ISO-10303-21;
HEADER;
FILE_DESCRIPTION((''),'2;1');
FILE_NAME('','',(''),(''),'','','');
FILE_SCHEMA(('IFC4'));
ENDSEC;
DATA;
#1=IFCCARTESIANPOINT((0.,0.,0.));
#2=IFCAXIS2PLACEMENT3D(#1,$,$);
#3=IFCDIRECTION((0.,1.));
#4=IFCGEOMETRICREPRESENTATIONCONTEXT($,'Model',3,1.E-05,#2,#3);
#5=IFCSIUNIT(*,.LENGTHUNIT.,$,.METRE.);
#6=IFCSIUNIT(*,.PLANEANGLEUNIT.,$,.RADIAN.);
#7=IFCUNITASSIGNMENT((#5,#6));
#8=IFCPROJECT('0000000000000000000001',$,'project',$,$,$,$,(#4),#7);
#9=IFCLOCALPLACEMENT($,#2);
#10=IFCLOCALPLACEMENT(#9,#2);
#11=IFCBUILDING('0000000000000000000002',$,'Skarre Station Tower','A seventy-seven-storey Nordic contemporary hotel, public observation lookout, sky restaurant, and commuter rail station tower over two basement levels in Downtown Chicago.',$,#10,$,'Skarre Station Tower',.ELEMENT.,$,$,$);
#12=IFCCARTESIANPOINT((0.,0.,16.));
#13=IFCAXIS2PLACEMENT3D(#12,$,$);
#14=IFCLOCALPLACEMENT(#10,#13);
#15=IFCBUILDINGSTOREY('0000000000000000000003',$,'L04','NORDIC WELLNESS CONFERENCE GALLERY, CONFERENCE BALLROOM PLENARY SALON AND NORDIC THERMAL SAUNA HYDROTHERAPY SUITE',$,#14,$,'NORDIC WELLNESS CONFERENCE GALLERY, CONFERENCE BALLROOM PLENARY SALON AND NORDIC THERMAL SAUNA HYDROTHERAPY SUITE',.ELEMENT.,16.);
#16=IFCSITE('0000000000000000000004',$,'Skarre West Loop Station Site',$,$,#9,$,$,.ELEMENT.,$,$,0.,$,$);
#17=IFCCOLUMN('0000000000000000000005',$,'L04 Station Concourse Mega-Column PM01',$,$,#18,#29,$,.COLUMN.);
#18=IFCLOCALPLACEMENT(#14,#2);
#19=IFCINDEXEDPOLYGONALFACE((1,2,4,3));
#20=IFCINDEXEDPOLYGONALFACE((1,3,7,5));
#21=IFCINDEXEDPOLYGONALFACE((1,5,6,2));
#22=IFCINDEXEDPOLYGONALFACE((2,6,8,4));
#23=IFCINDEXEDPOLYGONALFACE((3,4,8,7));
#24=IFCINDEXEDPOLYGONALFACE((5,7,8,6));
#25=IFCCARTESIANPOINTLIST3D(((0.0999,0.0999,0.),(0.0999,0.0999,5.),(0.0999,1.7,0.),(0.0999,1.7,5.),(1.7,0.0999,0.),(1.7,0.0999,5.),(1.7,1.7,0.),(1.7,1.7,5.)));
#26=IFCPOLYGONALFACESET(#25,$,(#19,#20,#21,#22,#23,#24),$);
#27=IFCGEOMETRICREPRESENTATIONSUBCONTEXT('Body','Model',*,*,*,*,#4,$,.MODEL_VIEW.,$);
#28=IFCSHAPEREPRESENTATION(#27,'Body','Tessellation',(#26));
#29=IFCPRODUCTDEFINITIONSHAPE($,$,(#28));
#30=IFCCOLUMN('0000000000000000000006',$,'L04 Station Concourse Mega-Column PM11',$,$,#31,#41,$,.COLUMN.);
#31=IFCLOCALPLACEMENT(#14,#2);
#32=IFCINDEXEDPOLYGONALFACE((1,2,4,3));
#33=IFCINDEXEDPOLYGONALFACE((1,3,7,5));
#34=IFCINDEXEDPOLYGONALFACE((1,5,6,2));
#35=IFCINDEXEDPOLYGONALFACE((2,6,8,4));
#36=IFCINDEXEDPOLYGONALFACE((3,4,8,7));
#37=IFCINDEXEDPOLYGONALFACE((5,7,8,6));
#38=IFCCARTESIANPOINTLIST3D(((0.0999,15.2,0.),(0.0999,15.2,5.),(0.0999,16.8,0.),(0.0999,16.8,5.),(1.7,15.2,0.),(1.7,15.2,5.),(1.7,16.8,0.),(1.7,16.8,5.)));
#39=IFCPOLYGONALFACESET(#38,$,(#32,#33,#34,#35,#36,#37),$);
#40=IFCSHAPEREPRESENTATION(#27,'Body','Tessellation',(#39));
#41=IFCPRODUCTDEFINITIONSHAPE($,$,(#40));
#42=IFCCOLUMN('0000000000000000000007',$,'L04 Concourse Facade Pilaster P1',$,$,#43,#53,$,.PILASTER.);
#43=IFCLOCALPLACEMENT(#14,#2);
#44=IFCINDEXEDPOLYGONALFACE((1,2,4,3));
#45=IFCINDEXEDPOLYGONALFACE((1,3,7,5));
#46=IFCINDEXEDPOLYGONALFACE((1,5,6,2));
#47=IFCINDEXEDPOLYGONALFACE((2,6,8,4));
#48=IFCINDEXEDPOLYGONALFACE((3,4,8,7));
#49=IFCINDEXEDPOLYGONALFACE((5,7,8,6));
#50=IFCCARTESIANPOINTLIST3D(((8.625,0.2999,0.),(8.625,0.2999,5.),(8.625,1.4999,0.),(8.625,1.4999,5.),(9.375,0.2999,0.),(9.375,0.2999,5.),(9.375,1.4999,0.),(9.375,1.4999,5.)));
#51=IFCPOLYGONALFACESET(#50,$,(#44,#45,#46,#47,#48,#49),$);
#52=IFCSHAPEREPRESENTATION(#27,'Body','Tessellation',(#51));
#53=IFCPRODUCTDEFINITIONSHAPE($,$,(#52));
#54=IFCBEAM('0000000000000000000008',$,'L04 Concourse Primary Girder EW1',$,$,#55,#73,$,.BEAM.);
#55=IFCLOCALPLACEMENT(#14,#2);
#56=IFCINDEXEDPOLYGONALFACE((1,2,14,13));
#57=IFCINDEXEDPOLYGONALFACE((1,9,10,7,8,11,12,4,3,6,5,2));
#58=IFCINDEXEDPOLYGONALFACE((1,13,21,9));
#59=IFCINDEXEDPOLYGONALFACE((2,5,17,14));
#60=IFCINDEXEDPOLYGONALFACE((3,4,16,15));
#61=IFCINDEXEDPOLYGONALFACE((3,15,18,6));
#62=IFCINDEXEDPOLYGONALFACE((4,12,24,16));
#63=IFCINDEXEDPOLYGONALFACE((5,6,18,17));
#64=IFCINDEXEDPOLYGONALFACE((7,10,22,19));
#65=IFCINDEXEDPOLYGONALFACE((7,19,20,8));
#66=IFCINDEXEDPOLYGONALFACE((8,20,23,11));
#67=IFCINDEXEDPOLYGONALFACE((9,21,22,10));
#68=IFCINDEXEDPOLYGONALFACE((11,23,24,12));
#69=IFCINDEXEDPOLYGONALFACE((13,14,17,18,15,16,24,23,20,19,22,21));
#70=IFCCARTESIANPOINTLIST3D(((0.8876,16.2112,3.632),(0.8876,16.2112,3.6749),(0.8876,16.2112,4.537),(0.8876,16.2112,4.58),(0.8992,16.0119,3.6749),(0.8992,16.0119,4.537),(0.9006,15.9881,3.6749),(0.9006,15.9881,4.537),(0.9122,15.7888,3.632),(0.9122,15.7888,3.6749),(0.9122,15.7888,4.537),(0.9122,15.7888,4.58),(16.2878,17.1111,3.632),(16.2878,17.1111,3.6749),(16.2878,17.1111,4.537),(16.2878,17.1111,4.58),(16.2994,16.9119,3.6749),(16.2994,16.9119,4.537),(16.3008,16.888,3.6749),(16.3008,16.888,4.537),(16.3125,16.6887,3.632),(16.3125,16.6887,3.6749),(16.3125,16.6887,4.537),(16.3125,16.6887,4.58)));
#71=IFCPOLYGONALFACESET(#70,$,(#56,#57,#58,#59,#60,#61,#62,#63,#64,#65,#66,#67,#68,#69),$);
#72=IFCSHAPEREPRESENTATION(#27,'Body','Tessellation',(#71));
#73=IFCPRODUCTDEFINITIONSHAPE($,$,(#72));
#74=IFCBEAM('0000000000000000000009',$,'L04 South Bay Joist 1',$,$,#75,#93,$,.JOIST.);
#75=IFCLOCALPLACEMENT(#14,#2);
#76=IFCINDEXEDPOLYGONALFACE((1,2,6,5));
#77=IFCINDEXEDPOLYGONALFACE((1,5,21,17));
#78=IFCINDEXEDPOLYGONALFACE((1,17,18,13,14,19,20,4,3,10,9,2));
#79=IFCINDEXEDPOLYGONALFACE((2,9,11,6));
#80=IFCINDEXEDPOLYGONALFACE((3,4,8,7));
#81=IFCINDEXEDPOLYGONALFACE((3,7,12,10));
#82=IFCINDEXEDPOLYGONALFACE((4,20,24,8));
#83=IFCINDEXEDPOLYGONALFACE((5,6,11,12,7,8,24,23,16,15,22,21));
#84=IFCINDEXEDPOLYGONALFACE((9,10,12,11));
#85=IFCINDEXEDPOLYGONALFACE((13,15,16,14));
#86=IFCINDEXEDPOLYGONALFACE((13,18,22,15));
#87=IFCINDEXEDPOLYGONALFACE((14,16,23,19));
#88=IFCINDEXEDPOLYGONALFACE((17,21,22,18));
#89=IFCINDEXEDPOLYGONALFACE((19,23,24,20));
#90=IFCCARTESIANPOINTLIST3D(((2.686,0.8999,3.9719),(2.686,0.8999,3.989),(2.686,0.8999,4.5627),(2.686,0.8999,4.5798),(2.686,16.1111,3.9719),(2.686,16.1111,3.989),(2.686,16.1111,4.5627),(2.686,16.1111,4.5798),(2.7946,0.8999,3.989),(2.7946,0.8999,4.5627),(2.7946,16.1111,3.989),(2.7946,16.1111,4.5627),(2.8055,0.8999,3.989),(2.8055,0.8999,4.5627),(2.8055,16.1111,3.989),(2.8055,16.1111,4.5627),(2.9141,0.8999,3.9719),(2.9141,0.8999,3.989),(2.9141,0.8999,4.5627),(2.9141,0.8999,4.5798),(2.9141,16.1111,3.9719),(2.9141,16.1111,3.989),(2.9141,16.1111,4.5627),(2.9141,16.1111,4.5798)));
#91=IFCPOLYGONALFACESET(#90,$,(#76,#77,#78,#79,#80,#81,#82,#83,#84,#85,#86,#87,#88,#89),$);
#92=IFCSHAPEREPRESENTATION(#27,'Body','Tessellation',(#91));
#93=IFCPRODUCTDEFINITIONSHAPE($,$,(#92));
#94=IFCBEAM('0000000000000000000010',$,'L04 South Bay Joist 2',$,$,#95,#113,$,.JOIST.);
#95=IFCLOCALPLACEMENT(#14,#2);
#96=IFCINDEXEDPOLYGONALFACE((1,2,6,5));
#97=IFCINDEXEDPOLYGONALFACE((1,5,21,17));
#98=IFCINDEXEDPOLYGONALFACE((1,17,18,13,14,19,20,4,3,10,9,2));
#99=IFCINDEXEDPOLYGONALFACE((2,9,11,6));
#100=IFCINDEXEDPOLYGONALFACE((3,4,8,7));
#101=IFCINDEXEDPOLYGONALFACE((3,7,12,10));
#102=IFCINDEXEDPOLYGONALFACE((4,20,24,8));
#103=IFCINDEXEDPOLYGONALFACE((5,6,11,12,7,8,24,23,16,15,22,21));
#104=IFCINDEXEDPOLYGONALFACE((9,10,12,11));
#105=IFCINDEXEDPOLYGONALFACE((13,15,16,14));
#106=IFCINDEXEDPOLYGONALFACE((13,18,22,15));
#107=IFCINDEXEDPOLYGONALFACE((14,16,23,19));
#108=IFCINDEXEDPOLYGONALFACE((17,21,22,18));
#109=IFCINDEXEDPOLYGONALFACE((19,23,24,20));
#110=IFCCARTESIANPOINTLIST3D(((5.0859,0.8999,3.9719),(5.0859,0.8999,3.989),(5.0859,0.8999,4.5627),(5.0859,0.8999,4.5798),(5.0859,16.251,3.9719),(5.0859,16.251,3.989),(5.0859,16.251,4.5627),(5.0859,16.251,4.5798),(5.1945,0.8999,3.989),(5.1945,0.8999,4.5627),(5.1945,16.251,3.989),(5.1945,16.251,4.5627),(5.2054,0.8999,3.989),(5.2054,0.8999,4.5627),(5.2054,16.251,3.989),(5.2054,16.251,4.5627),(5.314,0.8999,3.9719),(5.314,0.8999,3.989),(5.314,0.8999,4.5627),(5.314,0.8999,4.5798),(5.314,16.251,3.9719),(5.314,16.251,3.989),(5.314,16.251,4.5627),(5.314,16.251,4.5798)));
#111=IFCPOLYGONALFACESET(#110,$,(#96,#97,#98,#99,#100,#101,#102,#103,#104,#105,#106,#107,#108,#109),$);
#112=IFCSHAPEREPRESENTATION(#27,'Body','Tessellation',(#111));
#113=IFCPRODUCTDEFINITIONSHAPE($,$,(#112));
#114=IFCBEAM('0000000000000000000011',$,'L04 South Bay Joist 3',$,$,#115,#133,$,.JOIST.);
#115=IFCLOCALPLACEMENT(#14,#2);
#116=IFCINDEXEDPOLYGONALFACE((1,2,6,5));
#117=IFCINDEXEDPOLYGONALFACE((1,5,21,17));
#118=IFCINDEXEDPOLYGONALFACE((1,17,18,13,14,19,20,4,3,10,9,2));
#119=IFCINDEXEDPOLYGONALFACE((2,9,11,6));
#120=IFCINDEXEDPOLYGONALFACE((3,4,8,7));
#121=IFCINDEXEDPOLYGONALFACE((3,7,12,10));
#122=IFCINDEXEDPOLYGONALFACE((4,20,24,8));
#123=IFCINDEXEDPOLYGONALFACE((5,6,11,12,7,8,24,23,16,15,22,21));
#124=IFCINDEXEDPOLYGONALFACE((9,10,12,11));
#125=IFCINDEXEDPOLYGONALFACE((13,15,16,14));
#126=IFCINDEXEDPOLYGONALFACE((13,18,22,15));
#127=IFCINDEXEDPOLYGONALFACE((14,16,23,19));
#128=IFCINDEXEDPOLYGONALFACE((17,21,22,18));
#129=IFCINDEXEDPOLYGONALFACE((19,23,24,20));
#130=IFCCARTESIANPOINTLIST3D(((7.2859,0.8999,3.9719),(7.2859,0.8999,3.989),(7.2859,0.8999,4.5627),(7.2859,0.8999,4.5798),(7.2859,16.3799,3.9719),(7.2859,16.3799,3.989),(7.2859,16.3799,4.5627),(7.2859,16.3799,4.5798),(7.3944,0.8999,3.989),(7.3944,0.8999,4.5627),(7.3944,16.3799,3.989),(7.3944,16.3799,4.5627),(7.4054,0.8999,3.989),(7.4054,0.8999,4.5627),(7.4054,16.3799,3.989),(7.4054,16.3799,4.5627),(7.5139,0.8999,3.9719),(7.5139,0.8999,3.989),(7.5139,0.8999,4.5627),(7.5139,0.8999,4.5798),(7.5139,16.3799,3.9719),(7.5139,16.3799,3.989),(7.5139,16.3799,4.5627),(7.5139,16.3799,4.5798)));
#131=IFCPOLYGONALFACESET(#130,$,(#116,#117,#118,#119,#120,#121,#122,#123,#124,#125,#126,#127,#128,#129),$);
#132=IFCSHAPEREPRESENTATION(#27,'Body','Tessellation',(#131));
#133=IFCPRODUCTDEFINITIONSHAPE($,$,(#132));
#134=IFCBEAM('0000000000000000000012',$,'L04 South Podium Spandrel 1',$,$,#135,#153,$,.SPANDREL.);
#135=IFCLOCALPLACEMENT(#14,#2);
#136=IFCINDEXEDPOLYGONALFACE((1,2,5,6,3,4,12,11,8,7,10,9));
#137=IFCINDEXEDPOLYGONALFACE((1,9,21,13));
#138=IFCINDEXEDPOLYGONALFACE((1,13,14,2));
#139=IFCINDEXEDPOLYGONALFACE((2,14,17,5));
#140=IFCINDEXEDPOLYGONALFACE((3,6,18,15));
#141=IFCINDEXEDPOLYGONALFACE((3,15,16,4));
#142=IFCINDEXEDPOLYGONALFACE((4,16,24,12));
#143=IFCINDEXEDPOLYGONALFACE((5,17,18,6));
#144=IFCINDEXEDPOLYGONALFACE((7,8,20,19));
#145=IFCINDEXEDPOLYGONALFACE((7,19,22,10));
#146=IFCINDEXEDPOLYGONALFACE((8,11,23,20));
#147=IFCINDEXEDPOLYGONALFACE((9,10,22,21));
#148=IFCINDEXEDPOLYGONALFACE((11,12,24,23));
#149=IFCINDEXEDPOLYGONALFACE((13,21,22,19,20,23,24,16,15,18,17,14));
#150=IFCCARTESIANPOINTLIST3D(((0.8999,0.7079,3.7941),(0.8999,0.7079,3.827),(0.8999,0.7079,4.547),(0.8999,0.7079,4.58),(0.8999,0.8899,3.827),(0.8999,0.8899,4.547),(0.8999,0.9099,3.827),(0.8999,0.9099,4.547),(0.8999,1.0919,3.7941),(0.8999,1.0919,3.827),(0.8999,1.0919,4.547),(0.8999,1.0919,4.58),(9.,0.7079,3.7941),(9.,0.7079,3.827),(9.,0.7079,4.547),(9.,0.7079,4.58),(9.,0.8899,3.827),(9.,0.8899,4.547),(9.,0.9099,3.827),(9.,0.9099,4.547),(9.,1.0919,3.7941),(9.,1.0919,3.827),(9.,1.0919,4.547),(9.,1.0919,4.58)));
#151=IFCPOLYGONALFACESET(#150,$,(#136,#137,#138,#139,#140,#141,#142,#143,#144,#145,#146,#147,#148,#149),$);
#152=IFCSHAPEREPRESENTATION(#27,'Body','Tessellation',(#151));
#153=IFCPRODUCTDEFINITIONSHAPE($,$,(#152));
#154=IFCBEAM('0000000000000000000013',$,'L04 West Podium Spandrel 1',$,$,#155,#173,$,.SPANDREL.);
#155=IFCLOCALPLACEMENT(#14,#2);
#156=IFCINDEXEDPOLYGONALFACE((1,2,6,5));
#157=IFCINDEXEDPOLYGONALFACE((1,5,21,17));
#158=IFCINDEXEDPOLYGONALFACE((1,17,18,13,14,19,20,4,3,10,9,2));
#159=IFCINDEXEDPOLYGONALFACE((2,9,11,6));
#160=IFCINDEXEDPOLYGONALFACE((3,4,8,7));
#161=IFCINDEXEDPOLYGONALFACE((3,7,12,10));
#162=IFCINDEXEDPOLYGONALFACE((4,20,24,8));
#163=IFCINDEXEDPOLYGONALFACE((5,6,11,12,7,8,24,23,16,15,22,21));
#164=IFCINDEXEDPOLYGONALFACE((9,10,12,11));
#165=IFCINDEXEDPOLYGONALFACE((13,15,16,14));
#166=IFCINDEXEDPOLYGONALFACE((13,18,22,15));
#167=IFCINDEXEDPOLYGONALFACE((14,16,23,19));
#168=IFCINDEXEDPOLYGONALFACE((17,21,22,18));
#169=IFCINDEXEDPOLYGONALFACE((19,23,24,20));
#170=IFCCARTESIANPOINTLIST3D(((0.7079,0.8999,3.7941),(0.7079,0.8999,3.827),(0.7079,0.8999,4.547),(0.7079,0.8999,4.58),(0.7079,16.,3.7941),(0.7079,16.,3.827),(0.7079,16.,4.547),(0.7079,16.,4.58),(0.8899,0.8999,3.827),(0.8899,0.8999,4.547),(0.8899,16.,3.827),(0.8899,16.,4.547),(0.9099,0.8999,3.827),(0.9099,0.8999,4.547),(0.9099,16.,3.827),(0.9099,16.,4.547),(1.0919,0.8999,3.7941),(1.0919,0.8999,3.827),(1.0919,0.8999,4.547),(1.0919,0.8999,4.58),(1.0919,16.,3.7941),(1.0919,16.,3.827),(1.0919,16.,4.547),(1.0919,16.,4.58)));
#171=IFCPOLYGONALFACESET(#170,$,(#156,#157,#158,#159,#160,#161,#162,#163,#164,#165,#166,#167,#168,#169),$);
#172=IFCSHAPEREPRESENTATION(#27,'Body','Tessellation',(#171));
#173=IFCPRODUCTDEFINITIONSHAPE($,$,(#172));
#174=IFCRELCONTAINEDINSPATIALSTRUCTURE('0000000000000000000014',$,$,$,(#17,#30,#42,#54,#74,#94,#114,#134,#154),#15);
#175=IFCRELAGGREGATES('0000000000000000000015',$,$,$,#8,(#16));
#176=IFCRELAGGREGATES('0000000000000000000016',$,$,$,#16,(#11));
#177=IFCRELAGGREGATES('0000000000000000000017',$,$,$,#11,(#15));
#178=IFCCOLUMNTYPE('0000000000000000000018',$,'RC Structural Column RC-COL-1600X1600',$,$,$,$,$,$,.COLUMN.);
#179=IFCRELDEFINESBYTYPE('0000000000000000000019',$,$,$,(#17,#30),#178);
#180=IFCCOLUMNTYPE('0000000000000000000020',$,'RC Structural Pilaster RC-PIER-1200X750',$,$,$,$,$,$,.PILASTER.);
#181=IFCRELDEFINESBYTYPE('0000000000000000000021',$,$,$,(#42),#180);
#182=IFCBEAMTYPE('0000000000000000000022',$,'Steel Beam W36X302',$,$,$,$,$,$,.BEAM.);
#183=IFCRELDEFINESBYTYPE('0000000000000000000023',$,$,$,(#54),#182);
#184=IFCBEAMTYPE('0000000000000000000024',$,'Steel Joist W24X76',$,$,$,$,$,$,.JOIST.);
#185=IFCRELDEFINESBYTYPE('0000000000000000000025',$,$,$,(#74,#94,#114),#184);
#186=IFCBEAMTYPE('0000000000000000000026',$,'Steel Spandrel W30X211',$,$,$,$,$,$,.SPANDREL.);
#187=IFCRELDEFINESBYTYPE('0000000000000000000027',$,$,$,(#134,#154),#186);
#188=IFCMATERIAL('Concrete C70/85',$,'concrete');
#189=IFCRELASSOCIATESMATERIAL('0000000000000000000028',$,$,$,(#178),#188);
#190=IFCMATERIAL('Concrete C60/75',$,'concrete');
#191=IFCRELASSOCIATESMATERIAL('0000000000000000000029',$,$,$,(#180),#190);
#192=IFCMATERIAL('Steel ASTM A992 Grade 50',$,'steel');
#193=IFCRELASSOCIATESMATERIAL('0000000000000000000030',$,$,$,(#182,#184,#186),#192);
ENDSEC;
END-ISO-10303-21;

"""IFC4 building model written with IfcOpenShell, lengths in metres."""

from ifc_helpers import new_model, si_unit, direction, frame, origin, origin_2d, place, context, subcontext, project, spatial, rectangle, i_section, extrude, material, material_profile, profile_set, type_object, element, save


model = new_model("IFC4")

# Units and contexts
model_context = context("Model", 3, precision=1e-05, world=origin(), true_north=direction((0.0, 1.0)))
body_context = subcontext(model_context, "Body", "Model", "MODEL_VIEW")
ifc_project = project(units=[si_unit("LENGTHUNIT", "METRE"), si_unit("PLANEANGLEUNIT", "RADIAN")], contexts=[model_context])

# Site, building, storey
site_placement = place(None, origin())
site = spatial("IfcSite", under=ifc_project, at=site_placement, Name="Skarre West Loop Station Site", CompositionType="ELEMENT", RefElevation=0.0)
building_placement = place(site_placement, origin())
building = spatial("IfcBuilding", under=site, at=building_placement, Name="Skarre Station Tower", Description="A seventy-seven-storey Nordic contemporary hotel, public observation lookout, sky restaurant, and commuter rail station tower over two basement levels in Downtown Chicago.", LongName="Skarre Station Tower", CompositionType="ELEMENT")
storey_placement = place(building_placement, frame((0.0, 0.0, 16.0)))
storey = spatial("IfcBuildingStorey", under=building, at=storey_placement, Name="L04", Description="NORDIC WELLNESS CONFERENCE GALLERY, CONFERENCE BALLROOM PLENARY SALON AND NORDIC THERMAL SAUNA HYDROTHERAPY SUITE", LongName="NORDIC WELLNESS CONFERENCE GALLERY, CONFERENCE BALLROOM PLENARY SALON AND NORDIC THERMAL SAUNA HYDROTHERAPY SUITE", CompositionType="ELEMENT", Elevation=16.0)

# Columns
ifc_material_1 = material(Name="Concrete C70/85", Category="concrete")
ifc_material_profile_1 = material_profile(ifc_material_1, rectangle(XDim=1.6001, YDim=1.6001, at=origin_2d()), Name="Concrete C70/85")
ifc_profile_set_1 = profile_set([ifc_material_profile_1], Name="Concrete C70/85")
column_type_1 = type_object("IfcColumnType", Name="RC Structural Column RC-COL-1600X1600", PredefinedType="COLUMN", material=ifc_profile_set_1)
for number, where, z_axis, x_axis, name in (
    (1, (0.8999, 0.8999, 0.0), (0.0, 0.0, 1.0), (1.0, 0.0, 0.0), "L04 Station Concourse Mega-Column PM01"),
    (2, (0.8999, 16.0, 0.0), (0.0, 0.0, 1.0), (1.0, 0.0, 0.0), "L04 Station Concourse Mega-Column PM11"),
):
    element("IfcColumn", number, at=place(storey_placement, frame(where, z_axis=z_axis, x_axis=x_axis)), inside=storey, type_object=column_type_1, Name=name, PredefinedType="COLUMN", context=body_context, shape_type="SweptSolid", body=[
        extrude(rectangle(XDim=1.6001, YDim=1.6001, at=origin_2d()), origin(), (0.0, 0.0, 1.0), 5.0),
    ])
ifc_material_2 = material(Name="Concrete C60/75", Category="concrete")
ifc_material_profile_2 = material_profile(ifc_material_2, rectangle(XDim=0.75, YDim=1.2, at=origin_2d()), Name="Concrete C60/75")
ifc_profile_set_2 = profile_set([ifc_material_profile_2], Name="Concrete C60/75")
column_type_2 = type_object("IfcColumnType", Name="RC Structural Pilaster RC-PIER-1200X750", PredefinedType="PILASTER", material=ifc_profile_set_2)
column_placement = place(storey_placement, frame((9.0, 0.8999, 0.0), z_axis=(0.0, 0.0, 1.0), x_axis=(1.0, 0.0, 0.0)))
element("IfcColumn", 3, at=column_placement, inside=storey, type_object=column_type_2, Name="L04 Concourse Facade Pilaster P1", PredefinedType="PILASTER", context=body_context, shape_type="SweptSolid", body=[
    extrude(rectangle(XDim=0.75, YDim=1.2, at=origin_2d()), origin(), (0.0, 0.0, 1.0), 5.0),
])

# Beams
ifc_material_3 = material(Name="Steel ASTM A992 Grade 50", Category="steel")
ifc_material_profile_3 = material_profile(ifc_material_3, i_section(OverallWidth=0.4231, OverallDepth=0.948, WebThickness=0.0239, FlangeThickness=0.043, at=origin_2d()), Name="Steel ASTM A992 Grade 50")
ifc_profile_set_3 = profile_set([ifc_material_profile_3], Name="Steel ASTM A992 Grade 50")
beam_type_1 = type_object("IfcBeamType", Name="Steel Beam W36X302", PredefinedType="BEAM", material=ifc_profile_set_3)
beam_1_placement = place(storey_placement, frame((0.8999, 16.0, 4.106), z_axis=(0.998297, 0.058335, 0.0), x_axis=(-0.058335, 0.998297, 0.0)))
element("IfcBeam", 4, at=beam_1_placement, inside=storey, type_object=beam_type_1, Name="L04 Concourse Primary Girder EW1", PredefinedType="BEAM", context=body_context, shape_type="SweptSolid", body=[
    extrude(i_section(OverallWidth=0.4231, OverallDepth=0.948, WebThickness=0.0239, FlangeThickness=0.043, at=origin_2d()), origin(), (0.0, 0.0, 1.0), 15.4265),
])
ifc_material_profile_4 = material_profile(ifc_material_3, i_section(OverallWidth=0.228, OverallDepth=0.6079, WebThickness=0.011, FlangeThickness=0.0171, at=origin_2d()), Name="Steel ASTM A992 Grade 50")
ifc_profile_set_4 = profile_set([ifc_material_profile_4], Name="Steel ASTM A992 Grade 50")
beam_type_2 = type_object("IfcBeamType", Name="Steel Joist W24X76", PredefinedType="JOIST", material=ifc_profile_set_4)
beam_2_placement = place(storey_placement, frame((2.8, 0.8999, 4.2759), z_axis=(0.0, 1.0, 0.0), x_axis=(-1.0, 0.0, 0.0)))
element("IfcBeam", 5, at=beam_2_placement, inside=storey, type_object=beam_type_2, Name="L04 South Bay Joist 1", PredefinedType="JOIST", context=body_context, shape_type="SweptSolid", body=[
    extrude(i_section(OverallWidth=0.228, OverallDepth=0.6079, WebThickness=0.011, FlangeThickness=0.0171, at=origin_2d()), origin(), (0.0, 0.0, 1.0), 15.2112),
])
beam_3_placement = place(storey_placement, frame((5.2, 0.8999, 4.2759), z_axis=(0.0, 1.0, 0.0), x_axis=(-1.0, 0.0, 0.0)))
element("IfcBeam", 6, at=beam_3_placement, inside=storey, type_object=beam_type_2, Name="L04 South Bay Joist 2", PredefinedType="JOIST", context=body_context, shape_type="SweptSolid", body=[
    extrude(i_section(OverallWidth=0.228, OverallDepth=0.6079, WebThickness=0.011, FlangeThickness=0.0171, at=origin_2d()), origin(), (0.0, 0.0, 1.0), 15.3511),
])
beam_4_placement = place(storey_placement, frame((7.3999, 0.8999, 4.2759), z_axis=(0.0, 1.0, 0.0), x_axis=(-1.0, 0.0, 0.0)))
element("IfcBeam", 7, at=beam_4_placement, inside=storey, type_object=beam_type_2, Name="L04 South Bay Joist 3", PredefinedType="JOIST", context=body_context, shape_type="SweptSolid", body=[
    extrude(i_section(OverallWidth=0.228, OverallDepth=0.6079, WebThickness=0.011, FlangeThickness=0.0171, at=origin_2d()), origin(), (0.0, 0.0, 1.0), 15.48),
])
ifc_material_profile_5 = material_profile(ifc_material_3, i_section(OverallWidth=0.384, OverallDepth=0.7859, WebThickness=0.02, FlangeThickness=0.033, at=origin_2d()), Name="Steel ASTM A992 Grade 50")
ifc_profile_set_5 = profile_set([ifc_material_profile_5], Name="Steel ASTM A992 Grade 50")
beam_type_3 = type_object("IfcBeamType", Name="Steel Spandrel W30X211", PredefinedType="SPANDREL", material=ifc_profile_set_5)
beam_5_placement = place(storey_placement, frame((0.8999, 0.8999, 4.187), z_axis=(1.0, 0.0, 0.0), x_axis=(0.0, 1.0, 0.0)))
element("IfcBeam", 8, at=beam_5_placement, inside=storey, type_object=beam_type_3, Name="L04 South Podium Spandrel 1", PredefinedType="SPANDREL", context=body_context, shape_type="SweptSolid", body=[
    extrude(i_section(OverallWidth=0.384, OverallDepth=0.7859, WebThickness=0.02, FlangeThickness=0.033, at=origin_2d()), origin(), (0.0, 0.0, 1.0), 8.1001),
])
beam_6_placement = place(storey_placement, frame((0.8999, 0.8999, 4.187), z_axis=(0.0, 1.0, 0.0), x_axis=(-1.0, 0.0, 0.0)))
element("IfcBeam", 9, at=beam_6_placement, inside=storey, type_object=beam_type_3, Name="L04 West Podium Spandrel 1", PredefinedType="SPANDREL", context=body_context, shape_type="SweptSolid", body=[
    extrude(i_section(OverallWidth=0.384, OverallDepth=0.7859, WebThickness=0.02, FlangeThickness=0.033, at=origin_2d()), origin(), (0.0, 0.0, 1.0), 15.1001),
])

save(model, "model.ifc")
